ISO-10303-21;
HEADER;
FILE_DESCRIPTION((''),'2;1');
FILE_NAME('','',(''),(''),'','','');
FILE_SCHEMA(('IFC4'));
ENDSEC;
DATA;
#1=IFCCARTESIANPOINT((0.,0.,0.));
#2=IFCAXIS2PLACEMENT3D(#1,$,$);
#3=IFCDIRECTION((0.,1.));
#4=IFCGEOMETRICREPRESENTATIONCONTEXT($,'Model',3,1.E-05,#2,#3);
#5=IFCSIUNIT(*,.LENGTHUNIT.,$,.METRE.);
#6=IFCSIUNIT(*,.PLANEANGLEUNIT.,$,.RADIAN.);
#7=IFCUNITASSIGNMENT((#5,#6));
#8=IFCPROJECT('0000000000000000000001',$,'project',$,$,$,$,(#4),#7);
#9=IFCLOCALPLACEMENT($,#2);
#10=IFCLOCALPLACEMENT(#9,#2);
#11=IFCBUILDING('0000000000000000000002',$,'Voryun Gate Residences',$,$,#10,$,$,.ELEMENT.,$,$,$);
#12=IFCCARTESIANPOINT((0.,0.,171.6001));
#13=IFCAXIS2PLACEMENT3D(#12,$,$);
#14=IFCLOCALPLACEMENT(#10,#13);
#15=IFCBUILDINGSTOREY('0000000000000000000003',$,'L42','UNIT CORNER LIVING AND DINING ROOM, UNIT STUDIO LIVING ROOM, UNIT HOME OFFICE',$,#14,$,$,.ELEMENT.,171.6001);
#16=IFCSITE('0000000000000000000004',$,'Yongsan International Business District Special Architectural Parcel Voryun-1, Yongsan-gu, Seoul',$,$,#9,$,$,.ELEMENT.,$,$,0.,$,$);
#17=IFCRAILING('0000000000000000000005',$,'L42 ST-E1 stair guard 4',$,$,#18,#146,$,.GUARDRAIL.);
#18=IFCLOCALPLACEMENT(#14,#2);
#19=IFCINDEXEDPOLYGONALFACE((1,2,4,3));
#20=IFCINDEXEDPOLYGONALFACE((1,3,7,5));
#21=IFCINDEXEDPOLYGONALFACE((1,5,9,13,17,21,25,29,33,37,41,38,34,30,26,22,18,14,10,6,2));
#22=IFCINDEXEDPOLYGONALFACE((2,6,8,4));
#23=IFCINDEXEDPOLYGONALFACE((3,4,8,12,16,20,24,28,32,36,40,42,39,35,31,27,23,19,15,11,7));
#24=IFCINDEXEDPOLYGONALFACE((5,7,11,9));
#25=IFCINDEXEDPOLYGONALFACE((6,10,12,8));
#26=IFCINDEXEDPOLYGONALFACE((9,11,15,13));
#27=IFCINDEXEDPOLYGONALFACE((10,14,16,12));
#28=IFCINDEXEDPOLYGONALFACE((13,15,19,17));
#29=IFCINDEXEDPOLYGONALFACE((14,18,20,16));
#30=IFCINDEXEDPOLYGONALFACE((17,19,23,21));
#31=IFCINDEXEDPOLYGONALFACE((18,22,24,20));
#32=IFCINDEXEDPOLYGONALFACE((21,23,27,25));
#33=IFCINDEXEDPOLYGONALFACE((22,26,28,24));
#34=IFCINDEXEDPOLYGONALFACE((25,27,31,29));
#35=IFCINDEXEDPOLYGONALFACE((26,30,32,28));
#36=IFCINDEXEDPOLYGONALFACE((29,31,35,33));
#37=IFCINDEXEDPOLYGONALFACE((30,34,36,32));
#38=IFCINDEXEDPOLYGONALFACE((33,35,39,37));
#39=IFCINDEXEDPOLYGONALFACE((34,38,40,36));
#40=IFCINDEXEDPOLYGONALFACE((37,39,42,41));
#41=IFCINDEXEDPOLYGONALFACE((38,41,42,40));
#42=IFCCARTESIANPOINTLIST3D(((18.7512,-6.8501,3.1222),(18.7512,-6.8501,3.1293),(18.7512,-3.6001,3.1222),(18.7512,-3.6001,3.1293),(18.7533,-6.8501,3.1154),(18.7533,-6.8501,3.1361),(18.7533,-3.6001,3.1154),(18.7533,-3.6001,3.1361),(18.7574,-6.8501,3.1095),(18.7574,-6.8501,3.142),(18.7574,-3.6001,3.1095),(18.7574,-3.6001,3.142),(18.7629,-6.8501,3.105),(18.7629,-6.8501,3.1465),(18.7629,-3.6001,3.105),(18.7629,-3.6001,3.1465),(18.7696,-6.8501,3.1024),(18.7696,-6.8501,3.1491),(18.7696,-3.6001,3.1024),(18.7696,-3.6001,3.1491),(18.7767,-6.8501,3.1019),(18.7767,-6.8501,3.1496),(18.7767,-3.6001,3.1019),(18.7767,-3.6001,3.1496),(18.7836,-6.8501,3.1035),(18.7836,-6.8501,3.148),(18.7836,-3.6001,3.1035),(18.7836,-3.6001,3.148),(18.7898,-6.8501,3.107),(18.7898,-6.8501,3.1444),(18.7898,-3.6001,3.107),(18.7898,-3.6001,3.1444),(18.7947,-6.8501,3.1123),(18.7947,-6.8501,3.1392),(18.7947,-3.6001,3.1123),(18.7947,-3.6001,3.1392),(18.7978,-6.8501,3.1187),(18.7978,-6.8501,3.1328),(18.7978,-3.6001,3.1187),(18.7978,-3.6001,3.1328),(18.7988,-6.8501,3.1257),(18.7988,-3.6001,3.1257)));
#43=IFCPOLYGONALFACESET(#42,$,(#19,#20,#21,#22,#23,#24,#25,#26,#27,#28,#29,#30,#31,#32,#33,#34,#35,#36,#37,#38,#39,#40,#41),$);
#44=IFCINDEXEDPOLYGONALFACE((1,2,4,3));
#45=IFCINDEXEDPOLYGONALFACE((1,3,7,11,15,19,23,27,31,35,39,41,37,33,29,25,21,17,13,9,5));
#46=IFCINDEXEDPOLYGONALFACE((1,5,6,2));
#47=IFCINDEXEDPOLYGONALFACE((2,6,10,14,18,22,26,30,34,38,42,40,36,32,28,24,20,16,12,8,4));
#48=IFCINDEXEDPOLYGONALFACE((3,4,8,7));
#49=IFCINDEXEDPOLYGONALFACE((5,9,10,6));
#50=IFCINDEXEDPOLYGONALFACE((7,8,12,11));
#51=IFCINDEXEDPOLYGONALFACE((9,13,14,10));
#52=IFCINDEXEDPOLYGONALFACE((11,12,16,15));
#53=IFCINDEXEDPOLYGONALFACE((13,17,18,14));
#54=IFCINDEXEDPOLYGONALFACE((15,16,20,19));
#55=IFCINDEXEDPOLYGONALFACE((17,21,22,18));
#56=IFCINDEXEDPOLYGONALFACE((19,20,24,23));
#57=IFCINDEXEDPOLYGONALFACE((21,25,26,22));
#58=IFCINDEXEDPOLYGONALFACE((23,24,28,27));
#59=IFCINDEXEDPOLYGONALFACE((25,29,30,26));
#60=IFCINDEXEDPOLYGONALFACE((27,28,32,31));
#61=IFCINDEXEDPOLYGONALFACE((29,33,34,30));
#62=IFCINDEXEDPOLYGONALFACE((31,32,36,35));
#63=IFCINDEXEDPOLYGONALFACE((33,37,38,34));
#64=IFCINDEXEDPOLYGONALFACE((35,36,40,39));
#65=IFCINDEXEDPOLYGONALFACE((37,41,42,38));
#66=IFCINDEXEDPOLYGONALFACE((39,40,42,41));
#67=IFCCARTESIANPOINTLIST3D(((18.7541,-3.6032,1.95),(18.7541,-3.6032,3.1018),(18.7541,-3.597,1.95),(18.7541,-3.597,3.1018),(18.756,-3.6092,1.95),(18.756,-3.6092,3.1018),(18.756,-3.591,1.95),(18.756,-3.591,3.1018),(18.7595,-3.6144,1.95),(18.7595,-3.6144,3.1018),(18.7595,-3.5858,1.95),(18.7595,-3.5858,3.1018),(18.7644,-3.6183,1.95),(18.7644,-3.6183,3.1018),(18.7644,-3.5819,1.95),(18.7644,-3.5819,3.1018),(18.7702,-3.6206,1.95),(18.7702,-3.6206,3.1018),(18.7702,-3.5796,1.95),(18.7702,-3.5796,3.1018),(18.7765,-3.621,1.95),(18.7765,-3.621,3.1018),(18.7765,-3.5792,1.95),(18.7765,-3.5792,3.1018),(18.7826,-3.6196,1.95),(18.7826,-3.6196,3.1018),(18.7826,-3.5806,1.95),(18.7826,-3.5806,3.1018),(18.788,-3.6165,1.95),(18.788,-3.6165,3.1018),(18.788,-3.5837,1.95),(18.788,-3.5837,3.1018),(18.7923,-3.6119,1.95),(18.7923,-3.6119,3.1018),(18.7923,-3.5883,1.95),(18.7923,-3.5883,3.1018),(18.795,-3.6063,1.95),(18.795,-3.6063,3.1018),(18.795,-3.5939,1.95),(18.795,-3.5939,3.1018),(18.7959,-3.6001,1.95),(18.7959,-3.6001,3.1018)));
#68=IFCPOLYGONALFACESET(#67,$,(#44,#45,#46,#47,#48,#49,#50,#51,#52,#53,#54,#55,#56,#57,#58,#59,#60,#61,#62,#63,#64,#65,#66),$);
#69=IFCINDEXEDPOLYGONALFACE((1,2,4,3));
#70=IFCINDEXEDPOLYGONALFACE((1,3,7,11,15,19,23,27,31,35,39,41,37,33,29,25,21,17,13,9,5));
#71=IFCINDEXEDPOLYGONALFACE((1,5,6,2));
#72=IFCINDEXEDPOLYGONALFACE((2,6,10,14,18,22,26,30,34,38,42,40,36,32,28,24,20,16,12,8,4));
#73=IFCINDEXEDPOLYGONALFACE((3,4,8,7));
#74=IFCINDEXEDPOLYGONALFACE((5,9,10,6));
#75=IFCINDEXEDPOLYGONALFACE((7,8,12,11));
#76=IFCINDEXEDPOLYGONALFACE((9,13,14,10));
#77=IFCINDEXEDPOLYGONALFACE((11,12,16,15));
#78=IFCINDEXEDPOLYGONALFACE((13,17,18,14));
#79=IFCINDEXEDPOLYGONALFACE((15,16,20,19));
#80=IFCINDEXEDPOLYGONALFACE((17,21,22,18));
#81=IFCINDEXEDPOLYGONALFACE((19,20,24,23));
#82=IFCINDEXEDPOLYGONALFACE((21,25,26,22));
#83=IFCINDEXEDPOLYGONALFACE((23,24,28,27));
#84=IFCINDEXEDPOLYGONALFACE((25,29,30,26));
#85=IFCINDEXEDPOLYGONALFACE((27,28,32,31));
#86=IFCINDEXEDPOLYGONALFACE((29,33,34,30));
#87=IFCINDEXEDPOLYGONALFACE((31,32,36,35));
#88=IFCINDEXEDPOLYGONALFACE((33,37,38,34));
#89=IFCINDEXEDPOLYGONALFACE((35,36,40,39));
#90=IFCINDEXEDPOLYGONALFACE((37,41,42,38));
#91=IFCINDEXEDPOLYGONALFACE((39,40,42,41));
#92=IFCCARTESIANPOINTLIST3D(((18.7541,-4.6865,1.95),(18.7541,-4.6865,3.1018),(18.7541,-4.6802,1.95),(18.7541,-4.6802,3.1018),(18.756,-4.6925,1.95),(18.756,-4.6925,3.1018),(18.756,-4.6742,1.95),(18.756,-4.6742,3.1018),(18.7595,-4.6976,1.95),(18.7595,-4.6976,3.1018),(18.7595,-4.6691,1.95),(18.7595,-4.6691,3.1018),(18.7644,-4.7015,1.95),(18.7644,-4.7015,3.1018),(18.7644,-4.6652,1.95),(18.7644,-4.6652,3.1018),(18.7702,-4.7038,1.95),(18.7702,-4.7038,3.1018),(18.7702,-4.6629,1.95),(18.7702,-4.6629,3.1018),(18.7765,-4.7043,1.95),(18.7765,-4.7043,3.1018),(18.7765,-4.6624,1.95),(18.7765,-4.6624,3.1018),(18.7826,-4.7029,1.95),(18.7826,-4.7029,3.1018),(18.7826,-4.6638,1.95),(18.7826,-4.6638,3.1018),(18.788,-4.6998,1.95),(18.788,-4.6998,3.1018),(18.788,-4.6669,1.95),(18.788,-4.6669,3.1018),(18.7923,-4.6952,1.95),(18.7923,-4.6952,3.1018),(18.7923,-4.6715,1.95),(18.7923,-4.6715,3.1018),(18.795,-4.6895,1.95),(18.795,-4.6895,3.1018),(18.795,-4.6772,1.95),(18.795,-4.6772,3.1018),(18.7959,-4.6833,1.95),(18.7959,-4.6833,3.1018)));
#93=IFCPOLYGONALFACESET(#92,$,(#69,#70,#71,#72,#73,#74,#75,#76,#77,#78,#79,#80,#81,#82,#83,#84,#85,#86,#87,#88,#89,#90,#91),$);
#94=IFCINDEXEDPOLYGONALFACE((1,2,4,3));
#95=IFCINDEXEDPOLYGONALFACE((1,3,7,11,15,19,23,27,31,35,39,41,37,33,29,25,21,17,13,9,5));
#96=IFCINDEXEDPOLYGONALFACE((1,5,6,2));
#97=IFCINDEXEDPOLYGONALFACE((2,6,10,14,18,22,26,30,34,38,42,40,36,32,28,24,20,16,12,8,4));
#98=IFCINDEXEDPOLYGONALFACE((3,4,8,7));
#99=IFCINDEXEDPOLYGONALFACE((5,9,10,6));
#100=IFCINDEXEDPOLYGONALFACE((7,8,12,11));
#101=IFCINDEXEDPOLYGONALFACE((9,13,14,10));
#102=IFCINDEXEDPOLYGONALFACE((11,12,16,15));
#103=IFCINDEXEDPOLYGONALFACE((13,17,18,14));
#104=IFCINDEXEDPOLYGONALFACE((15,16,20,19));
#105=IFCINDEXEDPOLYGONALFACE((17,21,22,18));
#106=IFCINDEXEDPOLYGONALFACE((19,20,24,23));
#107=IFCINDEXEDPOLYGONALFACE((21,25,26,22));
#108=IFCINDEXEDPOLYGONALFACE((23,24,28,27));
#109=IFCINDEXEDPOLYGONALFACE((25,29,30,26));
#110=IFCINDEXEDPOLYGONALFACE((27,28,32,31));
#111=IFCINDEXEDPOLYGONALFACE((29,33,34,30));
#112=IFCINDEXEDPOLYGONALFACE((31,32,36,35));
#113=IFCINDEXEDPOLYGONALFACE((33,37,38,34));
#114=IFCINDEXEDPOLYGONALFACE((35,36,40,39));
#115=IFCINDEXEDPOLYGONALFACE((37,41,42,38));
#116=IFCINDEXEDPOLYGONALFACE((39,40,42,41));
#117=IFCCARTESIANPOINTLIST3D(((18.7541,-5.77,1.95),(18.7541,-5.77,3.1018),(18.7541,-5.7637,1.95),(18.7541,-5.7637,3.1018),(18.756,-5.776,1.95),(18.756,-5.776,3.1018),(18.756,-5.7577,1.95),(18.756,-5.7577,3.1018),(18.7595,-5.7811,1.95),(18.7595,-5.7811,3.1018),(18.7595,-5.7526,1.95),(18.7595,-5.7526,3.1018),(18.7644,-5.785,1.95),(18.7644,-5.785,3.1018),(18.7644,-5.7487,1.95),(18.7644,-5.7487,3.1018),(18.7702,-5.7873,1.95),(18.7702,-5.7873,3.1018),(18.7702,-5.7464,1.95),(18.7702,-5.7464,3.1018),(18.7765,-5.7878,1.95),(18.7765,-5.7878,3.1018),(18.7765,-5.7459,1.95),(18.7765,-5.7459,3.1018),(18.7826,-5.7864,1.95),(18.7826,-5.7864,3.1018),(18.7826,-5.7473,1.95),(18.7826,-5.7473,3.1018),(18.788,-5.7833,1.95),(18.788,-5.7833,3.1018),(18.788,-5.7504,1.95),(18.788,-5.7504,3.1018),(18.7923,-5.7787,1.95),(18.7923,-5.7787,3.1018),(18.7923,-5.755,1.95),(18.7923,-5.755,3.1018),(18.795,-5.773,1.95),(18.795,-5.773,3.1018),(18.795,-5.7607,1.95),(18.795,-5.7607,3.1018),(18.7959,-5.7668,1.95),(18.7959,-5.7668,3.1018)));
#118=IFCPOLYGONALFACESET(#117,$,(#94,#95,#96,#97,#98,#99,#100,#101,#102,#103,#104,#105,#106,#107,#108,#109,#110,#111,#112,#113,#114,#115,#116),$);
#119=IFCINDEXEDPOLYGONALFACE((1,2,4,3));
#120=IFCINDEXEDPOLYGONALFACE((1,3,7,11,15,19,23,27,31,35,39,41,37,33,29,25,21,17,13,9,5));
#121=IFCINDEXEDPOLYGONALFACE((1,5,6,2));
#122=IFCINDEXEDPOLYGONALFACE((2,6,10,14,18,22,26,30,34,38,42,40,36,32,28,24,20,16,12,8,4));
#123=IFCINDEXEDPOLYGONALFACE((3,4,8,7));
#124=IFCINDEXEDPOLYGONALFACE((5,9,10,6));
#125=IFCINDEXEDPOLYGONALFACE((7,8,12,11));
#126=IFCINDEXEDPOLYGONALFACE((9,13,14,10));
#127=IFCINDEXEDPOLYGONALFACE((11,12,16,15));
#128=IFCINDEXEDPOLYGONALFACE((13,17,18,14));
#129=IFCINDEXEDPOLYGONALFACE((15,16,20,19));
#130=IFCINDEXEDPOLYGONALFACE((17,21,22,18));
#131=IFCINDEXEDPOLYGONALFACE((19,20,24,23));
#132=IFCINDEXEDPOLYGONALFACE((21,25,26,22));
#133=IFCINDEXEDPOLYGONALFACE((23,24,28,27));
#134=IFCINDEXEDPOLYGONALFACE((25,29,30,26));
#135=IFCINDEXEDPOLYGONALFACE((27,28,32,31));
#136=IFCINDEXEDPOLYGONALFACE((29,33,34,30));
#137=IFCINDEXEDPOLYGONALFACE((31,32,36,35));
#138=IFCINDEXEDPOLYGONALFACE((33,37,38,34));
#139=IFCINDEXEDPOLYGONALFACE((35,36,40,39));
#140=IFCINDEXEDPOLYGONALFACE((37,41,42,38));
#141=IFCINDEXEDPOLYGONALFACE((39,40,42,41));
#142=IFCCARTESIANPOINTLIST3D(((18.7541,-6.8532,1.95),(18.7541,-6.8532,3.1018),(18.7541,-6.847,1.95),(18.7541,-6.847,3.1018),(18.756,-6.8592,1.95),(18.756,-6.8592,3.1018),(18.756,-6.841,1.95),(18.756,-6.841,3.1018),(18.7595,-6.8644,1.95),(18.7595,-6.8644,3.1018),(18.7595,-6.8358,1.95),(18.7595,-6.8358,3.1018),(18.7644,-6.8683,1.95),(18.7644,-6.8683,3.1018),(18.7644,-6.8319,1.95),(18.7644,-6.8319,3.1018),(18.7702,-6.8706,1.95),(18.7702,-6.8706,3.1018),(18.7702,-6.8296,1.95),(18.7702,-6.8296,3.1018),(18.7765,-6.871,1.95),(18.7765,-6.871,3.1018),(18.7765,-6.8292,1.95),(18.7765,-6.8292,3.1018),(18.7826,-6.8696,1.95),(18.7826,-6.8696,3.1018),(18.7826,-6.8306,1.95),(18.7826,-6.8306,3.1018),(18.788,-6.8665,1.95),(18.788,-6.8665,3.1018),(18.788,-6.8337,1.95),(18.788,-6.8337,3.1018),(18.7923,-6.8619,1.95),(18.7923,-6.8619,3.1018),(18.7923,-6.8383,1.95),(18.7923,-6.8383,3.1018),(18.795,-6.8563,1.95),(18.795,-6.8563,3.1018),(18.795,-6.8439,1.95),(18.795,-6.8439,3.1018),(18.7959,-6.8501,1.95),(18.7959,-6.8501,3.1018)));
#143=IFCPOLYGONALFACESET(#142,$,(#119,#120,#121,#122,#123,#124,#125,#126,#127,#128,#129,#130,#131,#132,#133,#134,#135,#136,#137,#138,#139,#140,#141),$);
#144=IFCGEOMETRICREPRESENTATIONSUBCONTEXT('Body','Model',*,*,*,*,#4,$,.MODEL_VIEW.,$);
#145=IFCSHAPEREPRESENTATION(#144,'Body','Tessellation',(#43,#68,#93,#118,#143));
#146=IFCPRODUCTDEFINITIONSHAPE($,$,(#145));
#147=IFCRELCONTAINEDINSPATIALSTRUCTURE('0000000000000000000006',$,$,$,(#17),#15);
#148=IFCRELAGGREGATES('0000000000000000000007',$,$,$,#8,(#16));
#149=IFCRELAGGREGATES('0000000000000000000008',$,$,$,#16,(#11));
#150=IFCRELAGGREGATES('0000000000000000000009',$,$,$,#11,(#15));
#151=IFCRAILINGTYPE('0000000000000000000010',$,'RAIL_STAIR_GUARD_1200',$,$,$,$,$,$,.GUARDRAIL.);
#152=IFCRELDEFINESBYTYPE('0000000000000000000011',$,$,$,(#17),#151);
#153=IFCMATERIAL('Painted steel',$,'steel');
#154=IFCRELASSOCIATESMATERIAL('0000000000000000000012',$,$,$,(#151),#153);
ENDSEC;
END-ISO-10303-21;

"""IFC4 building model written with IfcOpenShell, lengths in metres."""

from ifc_helpers import new_model, si_unit, direction, frame, origin, origin_2d, place, context, subcontext, project, spatial, circle, extrude, material, type_object, element, save


model = new_model("IFC4")

# Units and contexts
model_context = context("Model", 3, precision=1e-05, world=origin(), true_north=direction((0.0, 1.0)))
body_context = subcontext(model_context, "Body", "Model", "MODEL_VIEW")
ifc_project = project(units=[si_unit("LENGTHUNIT", "METRE"), si_unit("PLANEANGLEUNIT", "RADIAN")], contexts=[model_context])

# Site, building, storey
site_placement = place(None, origin())
site = spatial("IfcSite", under=ifc_project, at=site_placement, Name="Yongsan International Business District Special Architectural Parcel Voryun-1, Yongsan-gu, Seoul", CompositionType="ELEMENT", RefElevation=0.0)
building_placement = place(site_placement, origin())
building = spatial("IfcBuilding", under=site, at=building_placement, Name="Voryun Gate Residences", CompositionType="ELEMENT")
storey_placement = place(building_placement, frame((0.0, 0.0, 171.6001)))
storey = spatial("IfcBuildingStorey", under=building, at=storey_placement, Name="L42", Description="UNIT CORNER LIVING AND DINING ROOM, UNIT STUDIO LIVING ROOM, UNIT HOME OFFICE", CompositionType="ELEMENT", Elevation=171.6001)

# Railing
ifc_material_1 = material(Name="Painted steel", Category="steel")
railing_type_1 = type_object("IfcRailingType", Name="RAIL_STAIR_GUARD_1200", PredefinedType="GUARDRAIL", material=ifc_material_1)
for number, where, name in (
    (1, (18.7749, -3.6001, 1.95), "L42 ST-E1 stair guard 4"),
):
    element("IfcRailing", number, at=place(storey_placement, frame(where)), inside=storey, type_object=railing_type_1, Name=name, PredefinedType="GUARDRAIL", context=body_context, shape_type="SweptSolid", body=[
        extrude(circle(Radius=0.0239, at=origin_2d()), frame((0.0, 0.0, 1.1758), z_axis=(0.0, -1.0, 0.0), x_axis=(1.0, 0.0, 0.0)), (0.0, 0.0, 1.0), 3.25),
        extrude(circle(Radius=0.021, at=origin_2d()), origin(), (0.0, 0.0, 1.0), 1.1519),
        extrude(circle(Radius=0.021, at=origin_2d()), frame((0.0, -1.0833, 0.0)), (0.0, 0.0, 1.0), 1.1519),
        extrude(circle(Radius=0.021, at=origin_2d()), frame((0.0, -2.1667, 0.0)), (0.0, 0.0, 1.0), 1.1519),
        extrude(circle(Radius=0.021, at=origin_2d()), frame((0.0, -3.25, 0.0)), (0.0, 0.0, 1.0), 1.1519),
    ])

save(model, "model.ifc")
